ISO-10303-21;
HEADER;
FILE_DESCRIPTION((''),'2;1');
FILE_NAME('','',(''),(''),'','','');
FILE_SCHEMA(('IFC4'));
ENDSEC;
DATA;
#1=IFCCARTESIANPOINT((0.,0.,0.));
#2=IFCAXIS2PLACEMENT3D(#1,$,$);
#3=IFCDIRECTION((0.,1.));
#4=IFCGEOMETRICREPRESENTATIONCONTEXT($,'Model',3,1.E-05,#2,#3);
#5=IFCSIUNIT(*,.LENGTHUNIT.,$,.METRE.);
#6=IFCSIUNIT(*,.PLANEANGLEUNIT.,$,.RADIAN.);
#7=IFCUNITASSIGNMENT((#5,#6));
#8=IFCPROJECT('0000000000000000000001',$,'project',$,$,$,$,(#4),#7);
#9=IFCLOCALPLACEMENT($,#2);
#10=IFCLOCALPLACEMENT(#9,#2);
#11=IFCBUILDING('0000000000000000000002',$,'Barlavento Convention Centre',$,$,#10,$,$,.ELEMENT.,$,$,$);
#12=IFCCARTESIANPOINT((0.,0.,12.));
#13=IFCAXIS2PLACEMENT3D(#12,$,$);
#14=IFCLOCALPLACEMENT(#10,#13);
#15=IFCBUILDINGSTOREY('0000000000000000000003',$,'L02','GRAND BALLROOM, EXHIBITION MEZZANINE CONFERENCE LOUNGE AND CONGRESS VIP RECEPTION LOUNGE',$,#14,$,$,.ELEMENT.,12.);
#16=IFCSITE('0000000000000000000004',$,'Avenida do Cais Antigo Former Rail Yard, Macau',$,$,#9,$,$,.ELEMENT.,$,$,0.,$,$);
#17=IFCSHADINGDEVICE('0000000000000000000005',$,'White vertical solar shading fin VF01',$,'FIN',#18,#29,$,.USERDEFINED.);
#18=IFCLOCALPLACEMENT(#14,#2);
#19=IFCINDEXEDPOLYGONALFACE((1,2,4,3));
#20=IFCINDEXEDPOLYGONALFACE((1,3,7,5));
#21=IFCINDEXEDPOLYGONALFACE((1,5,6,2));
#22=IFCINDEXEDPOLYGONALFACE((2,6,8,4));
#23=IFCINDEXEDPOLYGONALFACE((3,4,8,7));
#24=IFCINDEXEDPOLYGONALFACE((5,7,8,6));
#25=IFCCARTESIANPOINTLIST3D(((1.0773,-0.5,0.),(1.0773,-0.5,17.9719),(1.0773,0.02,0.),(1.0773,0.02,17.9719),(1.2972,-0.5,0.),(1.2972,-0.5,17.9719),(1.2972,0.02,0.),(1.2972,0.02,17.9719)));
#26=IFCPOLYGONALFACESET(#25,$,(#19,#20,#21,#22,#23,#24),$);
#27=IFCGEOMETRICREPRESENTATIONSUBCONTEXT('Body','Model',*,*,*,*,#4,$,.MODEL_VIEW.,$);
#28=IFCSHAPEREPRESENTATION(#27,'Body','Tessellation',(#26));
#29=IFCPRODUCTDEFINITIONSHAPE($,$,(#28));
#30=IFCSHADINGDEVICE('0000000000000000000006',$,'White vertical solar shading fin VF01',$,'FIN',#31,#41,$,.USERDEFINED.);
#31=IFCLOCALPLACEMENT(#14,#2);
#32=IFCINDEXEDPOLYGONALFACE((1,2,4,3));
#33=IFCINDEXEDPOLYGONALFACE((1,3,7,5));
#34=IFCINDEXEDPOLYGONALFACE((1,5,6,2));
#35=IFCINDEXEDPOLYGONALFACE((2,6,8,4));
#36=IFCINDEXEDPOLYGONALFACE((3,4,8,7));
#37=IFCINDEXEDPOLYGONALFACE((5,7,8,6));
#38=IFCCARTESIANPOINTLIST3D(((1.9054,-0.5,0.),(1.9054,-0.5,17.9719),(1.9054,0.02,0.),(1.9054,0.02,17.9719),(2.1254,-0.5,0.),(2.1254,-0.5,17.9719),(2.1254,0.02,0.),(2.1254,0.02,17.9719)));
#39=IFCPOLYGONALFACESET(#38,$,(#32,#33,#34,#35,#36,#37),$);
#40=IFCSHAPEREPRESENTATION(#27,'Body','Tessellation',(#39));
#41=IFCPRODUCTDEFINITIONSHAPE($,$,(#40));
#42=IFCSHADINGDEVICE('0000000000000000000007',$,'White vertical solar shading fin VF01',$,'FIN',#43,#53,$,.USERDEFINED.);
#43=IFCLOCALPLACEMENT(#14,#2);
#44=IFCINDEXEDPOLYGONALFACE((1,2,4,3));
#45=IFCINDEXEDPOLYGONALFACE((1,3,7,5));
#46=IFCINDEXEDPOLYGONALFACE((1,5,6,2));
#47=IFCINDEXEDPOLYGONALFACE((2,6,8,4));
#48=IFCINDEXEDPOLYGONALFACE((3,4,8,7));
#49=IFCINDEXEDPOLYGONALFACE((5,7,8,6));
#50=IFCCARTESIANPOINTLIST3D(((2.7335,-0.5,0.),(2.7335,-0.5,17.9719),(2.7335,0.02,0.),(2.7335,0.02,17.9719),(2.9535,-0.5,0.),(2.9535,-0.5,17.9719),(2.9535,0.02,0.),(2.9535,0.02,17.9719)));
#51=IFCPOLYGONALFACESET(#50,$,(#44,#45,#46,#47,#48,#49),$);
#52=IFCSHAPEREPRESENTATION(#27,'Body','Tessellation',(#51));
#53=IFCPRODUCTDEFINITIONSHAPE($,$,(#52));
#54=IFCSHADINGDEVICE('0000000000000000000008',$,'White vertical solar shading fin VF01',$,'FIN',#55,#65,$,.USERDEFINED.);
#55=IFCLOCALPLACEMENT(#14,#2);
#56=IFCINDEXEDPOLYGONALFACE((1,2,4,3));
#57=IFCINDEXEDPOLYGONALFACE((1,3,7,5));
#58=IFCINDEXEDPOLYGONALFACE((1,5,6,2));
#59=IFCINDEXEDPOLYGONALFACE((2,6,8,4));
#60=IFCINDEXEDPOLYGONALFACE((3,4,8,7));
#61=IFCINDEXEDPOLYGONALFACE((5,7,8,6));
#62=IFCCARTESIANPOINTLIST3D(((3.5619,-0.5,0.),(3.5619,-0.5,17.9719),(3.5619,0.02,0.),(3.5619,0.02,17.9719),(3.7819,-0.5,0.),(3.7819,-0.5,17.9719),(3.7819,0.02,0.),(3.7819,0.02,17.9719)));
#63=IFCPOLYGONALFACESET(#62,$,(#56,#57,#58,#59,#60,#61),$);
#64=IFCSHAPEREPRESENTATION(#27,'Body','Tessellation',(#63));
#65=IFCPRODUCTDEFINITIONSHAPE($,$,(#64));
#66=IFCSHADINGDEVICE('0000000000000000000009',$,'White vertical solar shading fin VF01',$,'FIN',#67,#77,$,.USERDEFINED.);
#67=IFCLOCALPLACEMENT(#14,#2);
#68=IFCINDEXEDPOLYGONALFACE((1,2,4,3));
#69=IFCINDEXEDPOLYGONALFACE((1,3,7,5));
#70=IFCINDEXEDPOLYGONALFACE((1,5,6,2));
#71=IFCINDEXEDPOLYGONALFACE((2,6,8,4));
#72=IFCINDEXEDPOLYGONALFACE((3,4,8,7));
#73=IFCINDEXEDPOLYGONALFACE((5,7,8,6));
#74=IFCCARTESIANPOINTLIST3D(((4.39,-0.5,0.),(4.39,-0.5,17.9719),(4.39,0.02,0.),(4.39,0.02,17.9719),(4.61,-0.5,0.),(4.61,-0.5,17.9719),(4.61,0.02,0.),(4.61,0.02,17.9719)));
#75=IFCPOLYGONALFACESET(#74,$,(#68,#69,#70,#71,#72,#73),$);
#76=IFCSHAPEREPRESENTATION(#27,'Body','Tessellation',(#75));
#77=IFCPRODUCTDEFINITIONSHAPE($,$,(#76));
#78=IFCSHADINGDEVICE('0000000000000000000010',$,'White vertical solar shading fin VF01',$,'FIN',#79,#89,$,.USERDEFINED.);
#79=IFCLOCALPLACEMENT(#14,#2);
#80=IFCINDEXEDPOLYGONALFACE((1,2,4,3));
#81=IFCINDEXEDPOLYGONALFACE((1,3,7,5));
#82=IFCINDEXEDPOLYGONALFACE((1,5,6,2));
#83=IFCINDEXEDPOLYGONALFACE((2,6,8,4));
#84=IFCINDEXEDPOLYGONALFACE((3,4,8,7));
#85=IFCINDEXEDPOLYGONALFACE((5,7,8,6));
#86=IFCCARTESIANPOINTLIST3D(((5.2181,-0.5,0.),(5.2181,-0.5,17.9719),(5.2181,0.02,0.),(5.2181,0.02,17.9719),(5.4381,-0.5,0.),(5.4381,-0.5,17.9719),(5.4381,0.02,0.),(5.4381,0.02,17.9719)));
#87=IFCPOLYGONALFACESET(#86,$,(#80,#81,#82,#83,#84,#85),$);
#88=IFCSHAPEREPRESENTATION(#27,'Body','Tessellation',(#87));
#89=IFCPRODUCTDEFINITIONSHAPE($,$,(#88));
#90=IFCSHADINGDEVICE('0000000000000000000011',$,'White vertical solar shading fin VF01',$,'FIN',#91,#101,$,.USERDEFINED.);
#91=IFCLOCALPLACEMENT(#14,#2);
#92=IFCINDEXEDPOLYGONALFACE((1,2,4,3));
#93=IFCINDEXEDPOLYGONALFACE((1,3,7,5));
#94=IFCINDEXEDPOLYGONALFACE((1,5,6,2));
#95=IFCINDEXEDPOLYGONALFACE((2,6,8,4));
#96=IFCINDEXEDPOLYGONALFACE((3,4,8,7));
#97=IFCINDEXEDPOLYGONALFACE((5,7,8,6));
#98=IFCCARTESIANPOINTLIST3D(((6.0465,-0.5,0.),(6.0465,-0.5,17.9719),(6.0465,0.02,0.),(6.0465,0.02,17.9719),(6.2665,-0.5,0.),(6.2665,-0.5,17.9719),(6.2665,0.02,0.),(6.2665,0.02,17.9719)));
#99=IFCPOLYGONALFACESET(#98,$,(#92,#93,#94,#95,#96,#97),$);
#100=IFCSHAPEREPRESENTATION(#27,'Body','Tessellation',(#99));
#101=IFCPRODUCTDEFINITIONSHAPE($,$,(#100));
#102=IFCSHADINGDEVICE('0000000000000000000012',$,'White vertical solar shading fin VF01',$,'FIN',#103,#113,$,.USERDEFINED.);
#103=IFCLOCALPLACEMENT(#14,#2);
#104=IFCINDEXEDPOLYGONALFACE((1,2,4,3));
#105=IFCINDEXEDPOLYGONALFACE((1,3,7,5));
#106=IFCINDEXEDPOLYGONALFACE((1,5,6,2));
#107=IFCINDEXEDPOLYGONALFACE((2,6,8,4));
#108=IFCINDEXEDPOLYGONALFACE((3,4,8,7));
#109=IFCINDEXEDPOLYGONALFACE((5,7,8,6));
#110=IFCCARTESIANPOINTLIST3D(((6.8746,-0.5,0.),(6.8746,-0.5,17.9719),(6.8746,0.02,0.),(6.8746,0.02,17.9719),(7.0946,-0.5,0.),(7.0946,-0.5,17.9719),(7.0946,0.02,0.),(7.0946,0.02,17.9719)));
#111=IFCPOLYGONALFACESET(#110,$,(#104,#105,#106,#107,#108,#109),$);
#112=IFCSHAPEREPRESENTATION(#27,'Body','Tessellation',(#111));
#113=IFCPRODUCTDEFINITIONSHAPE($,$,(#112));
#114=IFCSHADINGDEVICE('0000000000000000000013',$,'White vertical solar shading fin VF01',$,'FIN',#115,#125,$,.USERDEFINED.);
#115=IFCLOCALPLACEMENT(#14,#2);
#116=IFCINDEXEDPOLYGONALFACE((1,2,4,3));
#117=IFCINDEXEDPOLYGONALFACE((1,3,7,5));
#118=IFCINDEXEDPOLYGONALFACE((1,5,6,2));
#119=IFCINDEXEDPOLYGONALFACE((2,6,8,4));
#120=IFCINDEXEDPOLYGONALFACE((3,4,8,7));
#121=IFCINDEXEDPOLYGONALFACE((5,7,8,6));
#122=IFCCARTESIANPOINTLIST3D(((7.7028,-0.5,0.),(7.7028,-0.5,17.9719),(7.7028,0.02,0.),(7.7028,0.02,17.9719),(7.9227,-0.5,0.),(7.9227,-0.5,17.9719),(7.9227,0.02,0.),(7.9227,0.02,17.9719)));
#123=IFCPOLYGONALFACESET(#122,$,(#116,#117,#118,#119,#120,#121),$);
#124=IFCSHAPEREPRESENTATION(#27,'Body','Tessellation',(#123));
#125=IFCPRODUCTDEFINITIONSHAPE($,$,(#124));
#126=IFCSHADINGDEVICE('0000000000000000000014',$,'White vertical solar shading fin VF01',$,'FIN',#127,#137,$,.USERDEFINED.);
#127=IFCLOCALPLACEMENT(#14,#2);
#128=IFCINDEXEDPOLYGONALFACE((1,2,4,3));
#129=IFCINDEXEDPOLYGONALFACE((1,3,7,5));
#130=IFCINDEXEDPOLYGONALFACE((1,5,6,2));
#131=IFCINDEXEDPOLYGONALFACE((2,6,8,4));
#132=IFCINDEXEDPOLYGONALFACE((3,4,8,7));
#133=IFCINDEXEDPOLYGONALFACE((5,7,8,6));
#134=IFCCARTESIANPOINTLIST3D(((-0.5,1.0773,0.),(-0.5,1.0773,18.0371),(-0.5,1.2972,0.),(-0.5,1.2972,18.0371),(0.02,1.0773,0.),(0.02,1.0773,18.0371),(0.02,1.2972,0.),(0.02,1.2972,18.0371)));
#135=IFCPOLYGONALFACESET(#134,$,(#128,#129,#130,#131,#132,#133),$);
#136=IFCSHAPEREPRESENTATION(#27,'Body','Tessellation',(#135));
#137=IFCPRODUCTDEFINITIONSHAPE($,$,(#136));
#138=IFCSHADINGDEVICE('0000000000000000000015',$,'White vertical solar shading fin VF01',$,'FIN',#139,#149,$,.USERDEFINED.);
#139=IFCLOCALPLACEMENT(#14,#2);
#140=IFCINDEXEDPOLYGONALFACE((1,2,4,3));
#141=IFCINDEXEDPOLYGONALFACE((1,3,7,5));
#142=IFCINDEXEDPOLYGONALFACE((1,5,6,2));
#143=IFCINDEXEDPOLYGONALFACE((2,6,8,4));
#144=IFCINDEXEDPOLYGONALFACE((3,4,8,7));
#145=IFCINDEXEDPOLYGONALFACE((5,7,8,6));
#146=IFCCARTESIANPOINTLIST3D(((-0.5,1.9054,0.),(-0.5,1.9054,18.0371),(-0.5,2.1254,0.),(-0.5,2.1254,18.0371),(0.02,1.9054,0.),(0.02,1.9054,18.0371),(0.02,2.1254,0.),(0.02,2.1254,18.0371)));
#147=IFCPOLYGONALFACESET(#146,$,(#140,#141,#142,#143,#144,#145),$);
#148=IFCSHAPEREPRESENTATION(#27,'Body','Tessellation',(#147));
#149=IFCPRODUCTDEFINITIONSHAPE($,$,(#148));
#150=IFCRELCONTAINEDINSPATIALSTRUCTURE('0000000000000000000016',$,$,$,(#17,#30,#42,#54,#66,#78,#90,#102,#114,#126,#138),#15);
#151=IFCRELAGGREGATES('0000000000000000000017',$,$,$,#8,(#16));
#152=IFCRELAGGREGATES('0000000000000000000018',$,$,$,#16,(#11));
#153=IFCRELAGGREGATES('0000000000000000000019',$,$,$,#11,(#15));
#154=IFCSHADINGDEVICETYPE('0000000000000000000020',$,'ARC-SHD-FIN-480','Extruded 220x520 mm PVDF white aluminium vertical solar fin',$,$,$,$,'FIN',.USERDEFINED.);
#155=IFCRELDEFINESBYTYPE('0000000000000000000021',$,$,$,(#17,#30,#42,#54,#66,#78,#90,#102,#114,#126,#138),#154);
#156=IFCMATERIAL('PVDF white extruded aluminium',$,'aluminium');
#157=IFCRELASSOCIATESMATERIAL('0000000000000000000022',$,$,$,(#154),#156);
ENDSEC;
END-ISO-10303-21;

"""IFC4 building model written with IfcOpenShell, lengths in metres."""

from ifc_helpers import new_model, si_unit, direction, frame, origin, origin_2d, place, context, subcontext, project, spatial, rectangle, extrude, material, type_object, element, save


model = new_model("IFC4")

# Units and contexts
model_context = context("Model", 3, precision=1e-05, world=origin(), true_north=direction((0.0, 1.0)))
body_context = subcontext(model_context, "Body", "Model", "MODEL_VIEW")
ifc_project = project(units=[si_unit("LENGTHUNIT", "METRE"), si_unit("PLANEANGLEUNIT", "RADIAN")], contexts=[model_context])

# Site, building, storey
site_placement = place(None, origin())
site = spatial("IfcSite", under=ifc_project, at=site_placement, Name="Avenida do Cais Antigo Former Rail Yard, Macau", CompositionType="ELEMENT", RefElevation=0.0)
building_placement = place(site_placement, origin())
building = spatial("IfcBuilding", under=site, at=building_placement, Name="Barlavento Convention Centre", CompositionType="ELEMENT")
storey_placement = place(building_placement, frame((0.0, 0.0, 12.0)))
storey = spatial("IfcBuildingStorey", under=building, at=storey_placement, Name="L02", Description="GRAND BALLROOM, EXHIBITION MEZZANINE CONFERENCE LOUNGE AND CONGRESS VIP RECEPTION LOUNGE", CompositionType="ELEMENT", Elevation=12.0)

# Shading devices
ifc_material_1 = material(Name="PVDF white extruded aluminium", Category="aluminium")
shading_device_type = type_object("IfcShadingDeviceType", Name="ARC-SHD-FIN-480", Description="Extruded 220x520 mm PVDF white aluminium vertical solar fin", ElementType="FIN", PredefinedType="USERDEFINED", material=ifc_material_1)
for number, where, z_axis, x_axis, name in (
    (1, (1.1873, -0.24, 0.0), (0.0, 0.0, 1.0), (1.0, 0.0, 0.0), "White vertical solar shading fin VF01"),
    (2, (2.0154, -0.24, 0.0), (0.0, 0.0, 1.0), (1.0, 0.0, 0.0), "White vertical solar shading fin VF01"),
    (3, (2.8435, -0.24, 0.0), (0.0, 0.0, 1.0), (1.0, 0.0, 0.0), "White vertical solar shading fin VF01"),
    (4, (3.6719, -0.24, 0.0), (0.0, 0.0, 1.0), (1.0, 0.0, 0.0), "White vertical solar shading fin VF01"),
    (5, (4.5, -0.24, 0.0), (0.0, 0.0, 1.0), (1.0, 0.0, 0.0), "White vertical solar shading fin VF01"),
    (6, (5.3281, -0.24, 0.0), (0.0, 0.0, 1.0), (1.0, 0.0, 0.0), "White vertical solar shading fin VF01"),
    (7, (6.1565, -0.24, 0.0), (0.0, 0.0, 1.0), (1.0, 0.0, 0.0), "White vertical solar shading fin VF01"),
    (8, (6.9846, -0.24, 0.0), (0.0, 0.0, 1.0), (1.0, 0.0, 0.0), "White vertical solar shading fin VF01"),
    (9, (7.8127, -0.24, 0.0), (0.0, 0.0, 1.0), (1.0, 0.0, 0.0), "White vertical solar shading fin VF01"),
):
    element("IfcShadingDevice", number, at=place(storey_placement, frame(where, z_axis=z_axis, x_axis=x_axis)), inside=storey, type_object=shading_device_type, Name=name, ObjectType="FIN", PredefinedType="USERDEFINED", context=body_context, shape_type="SweptSolid", body=[
        extrude(rectangle(XDim=0.22, YDim=0.52, at=origin_2d()), origin(), (0.0, 0.0, 1.0), 17.9719),
    ])
for number, where, z_axis, x_axis, name in (
    (10, (-0.24, 1.1873, 0.0), (0.0, 0.0, 1.0), (0.0, 1.0, 0.0), "White vertical solar shading fin VF01"),
    (11, (-0.24, 2.0154, 0.0), (0.0, 0.0, 1.0), (0.0, 1.0, 0.0), "White vertical solar shading fin VF01"),
):
    element("IfcShadingDevice", number, at=place(storey_placement, frame(where, z_axis=z_axis, x_axis=x_axis)), inside=storey, type_object=shading_device_type, Name=name, ObjectType="FIN", PredefinedType="USERDEFINED", context=body_context, shape_type="SweptSolid", body=[
        extrude(rectangle(XDim=0.22, YDim=0.52, at=origin_2d()), origin(), (0.0, 0.0, 1.0), 18.0371),
    ])

save(model, "model.ifc")
